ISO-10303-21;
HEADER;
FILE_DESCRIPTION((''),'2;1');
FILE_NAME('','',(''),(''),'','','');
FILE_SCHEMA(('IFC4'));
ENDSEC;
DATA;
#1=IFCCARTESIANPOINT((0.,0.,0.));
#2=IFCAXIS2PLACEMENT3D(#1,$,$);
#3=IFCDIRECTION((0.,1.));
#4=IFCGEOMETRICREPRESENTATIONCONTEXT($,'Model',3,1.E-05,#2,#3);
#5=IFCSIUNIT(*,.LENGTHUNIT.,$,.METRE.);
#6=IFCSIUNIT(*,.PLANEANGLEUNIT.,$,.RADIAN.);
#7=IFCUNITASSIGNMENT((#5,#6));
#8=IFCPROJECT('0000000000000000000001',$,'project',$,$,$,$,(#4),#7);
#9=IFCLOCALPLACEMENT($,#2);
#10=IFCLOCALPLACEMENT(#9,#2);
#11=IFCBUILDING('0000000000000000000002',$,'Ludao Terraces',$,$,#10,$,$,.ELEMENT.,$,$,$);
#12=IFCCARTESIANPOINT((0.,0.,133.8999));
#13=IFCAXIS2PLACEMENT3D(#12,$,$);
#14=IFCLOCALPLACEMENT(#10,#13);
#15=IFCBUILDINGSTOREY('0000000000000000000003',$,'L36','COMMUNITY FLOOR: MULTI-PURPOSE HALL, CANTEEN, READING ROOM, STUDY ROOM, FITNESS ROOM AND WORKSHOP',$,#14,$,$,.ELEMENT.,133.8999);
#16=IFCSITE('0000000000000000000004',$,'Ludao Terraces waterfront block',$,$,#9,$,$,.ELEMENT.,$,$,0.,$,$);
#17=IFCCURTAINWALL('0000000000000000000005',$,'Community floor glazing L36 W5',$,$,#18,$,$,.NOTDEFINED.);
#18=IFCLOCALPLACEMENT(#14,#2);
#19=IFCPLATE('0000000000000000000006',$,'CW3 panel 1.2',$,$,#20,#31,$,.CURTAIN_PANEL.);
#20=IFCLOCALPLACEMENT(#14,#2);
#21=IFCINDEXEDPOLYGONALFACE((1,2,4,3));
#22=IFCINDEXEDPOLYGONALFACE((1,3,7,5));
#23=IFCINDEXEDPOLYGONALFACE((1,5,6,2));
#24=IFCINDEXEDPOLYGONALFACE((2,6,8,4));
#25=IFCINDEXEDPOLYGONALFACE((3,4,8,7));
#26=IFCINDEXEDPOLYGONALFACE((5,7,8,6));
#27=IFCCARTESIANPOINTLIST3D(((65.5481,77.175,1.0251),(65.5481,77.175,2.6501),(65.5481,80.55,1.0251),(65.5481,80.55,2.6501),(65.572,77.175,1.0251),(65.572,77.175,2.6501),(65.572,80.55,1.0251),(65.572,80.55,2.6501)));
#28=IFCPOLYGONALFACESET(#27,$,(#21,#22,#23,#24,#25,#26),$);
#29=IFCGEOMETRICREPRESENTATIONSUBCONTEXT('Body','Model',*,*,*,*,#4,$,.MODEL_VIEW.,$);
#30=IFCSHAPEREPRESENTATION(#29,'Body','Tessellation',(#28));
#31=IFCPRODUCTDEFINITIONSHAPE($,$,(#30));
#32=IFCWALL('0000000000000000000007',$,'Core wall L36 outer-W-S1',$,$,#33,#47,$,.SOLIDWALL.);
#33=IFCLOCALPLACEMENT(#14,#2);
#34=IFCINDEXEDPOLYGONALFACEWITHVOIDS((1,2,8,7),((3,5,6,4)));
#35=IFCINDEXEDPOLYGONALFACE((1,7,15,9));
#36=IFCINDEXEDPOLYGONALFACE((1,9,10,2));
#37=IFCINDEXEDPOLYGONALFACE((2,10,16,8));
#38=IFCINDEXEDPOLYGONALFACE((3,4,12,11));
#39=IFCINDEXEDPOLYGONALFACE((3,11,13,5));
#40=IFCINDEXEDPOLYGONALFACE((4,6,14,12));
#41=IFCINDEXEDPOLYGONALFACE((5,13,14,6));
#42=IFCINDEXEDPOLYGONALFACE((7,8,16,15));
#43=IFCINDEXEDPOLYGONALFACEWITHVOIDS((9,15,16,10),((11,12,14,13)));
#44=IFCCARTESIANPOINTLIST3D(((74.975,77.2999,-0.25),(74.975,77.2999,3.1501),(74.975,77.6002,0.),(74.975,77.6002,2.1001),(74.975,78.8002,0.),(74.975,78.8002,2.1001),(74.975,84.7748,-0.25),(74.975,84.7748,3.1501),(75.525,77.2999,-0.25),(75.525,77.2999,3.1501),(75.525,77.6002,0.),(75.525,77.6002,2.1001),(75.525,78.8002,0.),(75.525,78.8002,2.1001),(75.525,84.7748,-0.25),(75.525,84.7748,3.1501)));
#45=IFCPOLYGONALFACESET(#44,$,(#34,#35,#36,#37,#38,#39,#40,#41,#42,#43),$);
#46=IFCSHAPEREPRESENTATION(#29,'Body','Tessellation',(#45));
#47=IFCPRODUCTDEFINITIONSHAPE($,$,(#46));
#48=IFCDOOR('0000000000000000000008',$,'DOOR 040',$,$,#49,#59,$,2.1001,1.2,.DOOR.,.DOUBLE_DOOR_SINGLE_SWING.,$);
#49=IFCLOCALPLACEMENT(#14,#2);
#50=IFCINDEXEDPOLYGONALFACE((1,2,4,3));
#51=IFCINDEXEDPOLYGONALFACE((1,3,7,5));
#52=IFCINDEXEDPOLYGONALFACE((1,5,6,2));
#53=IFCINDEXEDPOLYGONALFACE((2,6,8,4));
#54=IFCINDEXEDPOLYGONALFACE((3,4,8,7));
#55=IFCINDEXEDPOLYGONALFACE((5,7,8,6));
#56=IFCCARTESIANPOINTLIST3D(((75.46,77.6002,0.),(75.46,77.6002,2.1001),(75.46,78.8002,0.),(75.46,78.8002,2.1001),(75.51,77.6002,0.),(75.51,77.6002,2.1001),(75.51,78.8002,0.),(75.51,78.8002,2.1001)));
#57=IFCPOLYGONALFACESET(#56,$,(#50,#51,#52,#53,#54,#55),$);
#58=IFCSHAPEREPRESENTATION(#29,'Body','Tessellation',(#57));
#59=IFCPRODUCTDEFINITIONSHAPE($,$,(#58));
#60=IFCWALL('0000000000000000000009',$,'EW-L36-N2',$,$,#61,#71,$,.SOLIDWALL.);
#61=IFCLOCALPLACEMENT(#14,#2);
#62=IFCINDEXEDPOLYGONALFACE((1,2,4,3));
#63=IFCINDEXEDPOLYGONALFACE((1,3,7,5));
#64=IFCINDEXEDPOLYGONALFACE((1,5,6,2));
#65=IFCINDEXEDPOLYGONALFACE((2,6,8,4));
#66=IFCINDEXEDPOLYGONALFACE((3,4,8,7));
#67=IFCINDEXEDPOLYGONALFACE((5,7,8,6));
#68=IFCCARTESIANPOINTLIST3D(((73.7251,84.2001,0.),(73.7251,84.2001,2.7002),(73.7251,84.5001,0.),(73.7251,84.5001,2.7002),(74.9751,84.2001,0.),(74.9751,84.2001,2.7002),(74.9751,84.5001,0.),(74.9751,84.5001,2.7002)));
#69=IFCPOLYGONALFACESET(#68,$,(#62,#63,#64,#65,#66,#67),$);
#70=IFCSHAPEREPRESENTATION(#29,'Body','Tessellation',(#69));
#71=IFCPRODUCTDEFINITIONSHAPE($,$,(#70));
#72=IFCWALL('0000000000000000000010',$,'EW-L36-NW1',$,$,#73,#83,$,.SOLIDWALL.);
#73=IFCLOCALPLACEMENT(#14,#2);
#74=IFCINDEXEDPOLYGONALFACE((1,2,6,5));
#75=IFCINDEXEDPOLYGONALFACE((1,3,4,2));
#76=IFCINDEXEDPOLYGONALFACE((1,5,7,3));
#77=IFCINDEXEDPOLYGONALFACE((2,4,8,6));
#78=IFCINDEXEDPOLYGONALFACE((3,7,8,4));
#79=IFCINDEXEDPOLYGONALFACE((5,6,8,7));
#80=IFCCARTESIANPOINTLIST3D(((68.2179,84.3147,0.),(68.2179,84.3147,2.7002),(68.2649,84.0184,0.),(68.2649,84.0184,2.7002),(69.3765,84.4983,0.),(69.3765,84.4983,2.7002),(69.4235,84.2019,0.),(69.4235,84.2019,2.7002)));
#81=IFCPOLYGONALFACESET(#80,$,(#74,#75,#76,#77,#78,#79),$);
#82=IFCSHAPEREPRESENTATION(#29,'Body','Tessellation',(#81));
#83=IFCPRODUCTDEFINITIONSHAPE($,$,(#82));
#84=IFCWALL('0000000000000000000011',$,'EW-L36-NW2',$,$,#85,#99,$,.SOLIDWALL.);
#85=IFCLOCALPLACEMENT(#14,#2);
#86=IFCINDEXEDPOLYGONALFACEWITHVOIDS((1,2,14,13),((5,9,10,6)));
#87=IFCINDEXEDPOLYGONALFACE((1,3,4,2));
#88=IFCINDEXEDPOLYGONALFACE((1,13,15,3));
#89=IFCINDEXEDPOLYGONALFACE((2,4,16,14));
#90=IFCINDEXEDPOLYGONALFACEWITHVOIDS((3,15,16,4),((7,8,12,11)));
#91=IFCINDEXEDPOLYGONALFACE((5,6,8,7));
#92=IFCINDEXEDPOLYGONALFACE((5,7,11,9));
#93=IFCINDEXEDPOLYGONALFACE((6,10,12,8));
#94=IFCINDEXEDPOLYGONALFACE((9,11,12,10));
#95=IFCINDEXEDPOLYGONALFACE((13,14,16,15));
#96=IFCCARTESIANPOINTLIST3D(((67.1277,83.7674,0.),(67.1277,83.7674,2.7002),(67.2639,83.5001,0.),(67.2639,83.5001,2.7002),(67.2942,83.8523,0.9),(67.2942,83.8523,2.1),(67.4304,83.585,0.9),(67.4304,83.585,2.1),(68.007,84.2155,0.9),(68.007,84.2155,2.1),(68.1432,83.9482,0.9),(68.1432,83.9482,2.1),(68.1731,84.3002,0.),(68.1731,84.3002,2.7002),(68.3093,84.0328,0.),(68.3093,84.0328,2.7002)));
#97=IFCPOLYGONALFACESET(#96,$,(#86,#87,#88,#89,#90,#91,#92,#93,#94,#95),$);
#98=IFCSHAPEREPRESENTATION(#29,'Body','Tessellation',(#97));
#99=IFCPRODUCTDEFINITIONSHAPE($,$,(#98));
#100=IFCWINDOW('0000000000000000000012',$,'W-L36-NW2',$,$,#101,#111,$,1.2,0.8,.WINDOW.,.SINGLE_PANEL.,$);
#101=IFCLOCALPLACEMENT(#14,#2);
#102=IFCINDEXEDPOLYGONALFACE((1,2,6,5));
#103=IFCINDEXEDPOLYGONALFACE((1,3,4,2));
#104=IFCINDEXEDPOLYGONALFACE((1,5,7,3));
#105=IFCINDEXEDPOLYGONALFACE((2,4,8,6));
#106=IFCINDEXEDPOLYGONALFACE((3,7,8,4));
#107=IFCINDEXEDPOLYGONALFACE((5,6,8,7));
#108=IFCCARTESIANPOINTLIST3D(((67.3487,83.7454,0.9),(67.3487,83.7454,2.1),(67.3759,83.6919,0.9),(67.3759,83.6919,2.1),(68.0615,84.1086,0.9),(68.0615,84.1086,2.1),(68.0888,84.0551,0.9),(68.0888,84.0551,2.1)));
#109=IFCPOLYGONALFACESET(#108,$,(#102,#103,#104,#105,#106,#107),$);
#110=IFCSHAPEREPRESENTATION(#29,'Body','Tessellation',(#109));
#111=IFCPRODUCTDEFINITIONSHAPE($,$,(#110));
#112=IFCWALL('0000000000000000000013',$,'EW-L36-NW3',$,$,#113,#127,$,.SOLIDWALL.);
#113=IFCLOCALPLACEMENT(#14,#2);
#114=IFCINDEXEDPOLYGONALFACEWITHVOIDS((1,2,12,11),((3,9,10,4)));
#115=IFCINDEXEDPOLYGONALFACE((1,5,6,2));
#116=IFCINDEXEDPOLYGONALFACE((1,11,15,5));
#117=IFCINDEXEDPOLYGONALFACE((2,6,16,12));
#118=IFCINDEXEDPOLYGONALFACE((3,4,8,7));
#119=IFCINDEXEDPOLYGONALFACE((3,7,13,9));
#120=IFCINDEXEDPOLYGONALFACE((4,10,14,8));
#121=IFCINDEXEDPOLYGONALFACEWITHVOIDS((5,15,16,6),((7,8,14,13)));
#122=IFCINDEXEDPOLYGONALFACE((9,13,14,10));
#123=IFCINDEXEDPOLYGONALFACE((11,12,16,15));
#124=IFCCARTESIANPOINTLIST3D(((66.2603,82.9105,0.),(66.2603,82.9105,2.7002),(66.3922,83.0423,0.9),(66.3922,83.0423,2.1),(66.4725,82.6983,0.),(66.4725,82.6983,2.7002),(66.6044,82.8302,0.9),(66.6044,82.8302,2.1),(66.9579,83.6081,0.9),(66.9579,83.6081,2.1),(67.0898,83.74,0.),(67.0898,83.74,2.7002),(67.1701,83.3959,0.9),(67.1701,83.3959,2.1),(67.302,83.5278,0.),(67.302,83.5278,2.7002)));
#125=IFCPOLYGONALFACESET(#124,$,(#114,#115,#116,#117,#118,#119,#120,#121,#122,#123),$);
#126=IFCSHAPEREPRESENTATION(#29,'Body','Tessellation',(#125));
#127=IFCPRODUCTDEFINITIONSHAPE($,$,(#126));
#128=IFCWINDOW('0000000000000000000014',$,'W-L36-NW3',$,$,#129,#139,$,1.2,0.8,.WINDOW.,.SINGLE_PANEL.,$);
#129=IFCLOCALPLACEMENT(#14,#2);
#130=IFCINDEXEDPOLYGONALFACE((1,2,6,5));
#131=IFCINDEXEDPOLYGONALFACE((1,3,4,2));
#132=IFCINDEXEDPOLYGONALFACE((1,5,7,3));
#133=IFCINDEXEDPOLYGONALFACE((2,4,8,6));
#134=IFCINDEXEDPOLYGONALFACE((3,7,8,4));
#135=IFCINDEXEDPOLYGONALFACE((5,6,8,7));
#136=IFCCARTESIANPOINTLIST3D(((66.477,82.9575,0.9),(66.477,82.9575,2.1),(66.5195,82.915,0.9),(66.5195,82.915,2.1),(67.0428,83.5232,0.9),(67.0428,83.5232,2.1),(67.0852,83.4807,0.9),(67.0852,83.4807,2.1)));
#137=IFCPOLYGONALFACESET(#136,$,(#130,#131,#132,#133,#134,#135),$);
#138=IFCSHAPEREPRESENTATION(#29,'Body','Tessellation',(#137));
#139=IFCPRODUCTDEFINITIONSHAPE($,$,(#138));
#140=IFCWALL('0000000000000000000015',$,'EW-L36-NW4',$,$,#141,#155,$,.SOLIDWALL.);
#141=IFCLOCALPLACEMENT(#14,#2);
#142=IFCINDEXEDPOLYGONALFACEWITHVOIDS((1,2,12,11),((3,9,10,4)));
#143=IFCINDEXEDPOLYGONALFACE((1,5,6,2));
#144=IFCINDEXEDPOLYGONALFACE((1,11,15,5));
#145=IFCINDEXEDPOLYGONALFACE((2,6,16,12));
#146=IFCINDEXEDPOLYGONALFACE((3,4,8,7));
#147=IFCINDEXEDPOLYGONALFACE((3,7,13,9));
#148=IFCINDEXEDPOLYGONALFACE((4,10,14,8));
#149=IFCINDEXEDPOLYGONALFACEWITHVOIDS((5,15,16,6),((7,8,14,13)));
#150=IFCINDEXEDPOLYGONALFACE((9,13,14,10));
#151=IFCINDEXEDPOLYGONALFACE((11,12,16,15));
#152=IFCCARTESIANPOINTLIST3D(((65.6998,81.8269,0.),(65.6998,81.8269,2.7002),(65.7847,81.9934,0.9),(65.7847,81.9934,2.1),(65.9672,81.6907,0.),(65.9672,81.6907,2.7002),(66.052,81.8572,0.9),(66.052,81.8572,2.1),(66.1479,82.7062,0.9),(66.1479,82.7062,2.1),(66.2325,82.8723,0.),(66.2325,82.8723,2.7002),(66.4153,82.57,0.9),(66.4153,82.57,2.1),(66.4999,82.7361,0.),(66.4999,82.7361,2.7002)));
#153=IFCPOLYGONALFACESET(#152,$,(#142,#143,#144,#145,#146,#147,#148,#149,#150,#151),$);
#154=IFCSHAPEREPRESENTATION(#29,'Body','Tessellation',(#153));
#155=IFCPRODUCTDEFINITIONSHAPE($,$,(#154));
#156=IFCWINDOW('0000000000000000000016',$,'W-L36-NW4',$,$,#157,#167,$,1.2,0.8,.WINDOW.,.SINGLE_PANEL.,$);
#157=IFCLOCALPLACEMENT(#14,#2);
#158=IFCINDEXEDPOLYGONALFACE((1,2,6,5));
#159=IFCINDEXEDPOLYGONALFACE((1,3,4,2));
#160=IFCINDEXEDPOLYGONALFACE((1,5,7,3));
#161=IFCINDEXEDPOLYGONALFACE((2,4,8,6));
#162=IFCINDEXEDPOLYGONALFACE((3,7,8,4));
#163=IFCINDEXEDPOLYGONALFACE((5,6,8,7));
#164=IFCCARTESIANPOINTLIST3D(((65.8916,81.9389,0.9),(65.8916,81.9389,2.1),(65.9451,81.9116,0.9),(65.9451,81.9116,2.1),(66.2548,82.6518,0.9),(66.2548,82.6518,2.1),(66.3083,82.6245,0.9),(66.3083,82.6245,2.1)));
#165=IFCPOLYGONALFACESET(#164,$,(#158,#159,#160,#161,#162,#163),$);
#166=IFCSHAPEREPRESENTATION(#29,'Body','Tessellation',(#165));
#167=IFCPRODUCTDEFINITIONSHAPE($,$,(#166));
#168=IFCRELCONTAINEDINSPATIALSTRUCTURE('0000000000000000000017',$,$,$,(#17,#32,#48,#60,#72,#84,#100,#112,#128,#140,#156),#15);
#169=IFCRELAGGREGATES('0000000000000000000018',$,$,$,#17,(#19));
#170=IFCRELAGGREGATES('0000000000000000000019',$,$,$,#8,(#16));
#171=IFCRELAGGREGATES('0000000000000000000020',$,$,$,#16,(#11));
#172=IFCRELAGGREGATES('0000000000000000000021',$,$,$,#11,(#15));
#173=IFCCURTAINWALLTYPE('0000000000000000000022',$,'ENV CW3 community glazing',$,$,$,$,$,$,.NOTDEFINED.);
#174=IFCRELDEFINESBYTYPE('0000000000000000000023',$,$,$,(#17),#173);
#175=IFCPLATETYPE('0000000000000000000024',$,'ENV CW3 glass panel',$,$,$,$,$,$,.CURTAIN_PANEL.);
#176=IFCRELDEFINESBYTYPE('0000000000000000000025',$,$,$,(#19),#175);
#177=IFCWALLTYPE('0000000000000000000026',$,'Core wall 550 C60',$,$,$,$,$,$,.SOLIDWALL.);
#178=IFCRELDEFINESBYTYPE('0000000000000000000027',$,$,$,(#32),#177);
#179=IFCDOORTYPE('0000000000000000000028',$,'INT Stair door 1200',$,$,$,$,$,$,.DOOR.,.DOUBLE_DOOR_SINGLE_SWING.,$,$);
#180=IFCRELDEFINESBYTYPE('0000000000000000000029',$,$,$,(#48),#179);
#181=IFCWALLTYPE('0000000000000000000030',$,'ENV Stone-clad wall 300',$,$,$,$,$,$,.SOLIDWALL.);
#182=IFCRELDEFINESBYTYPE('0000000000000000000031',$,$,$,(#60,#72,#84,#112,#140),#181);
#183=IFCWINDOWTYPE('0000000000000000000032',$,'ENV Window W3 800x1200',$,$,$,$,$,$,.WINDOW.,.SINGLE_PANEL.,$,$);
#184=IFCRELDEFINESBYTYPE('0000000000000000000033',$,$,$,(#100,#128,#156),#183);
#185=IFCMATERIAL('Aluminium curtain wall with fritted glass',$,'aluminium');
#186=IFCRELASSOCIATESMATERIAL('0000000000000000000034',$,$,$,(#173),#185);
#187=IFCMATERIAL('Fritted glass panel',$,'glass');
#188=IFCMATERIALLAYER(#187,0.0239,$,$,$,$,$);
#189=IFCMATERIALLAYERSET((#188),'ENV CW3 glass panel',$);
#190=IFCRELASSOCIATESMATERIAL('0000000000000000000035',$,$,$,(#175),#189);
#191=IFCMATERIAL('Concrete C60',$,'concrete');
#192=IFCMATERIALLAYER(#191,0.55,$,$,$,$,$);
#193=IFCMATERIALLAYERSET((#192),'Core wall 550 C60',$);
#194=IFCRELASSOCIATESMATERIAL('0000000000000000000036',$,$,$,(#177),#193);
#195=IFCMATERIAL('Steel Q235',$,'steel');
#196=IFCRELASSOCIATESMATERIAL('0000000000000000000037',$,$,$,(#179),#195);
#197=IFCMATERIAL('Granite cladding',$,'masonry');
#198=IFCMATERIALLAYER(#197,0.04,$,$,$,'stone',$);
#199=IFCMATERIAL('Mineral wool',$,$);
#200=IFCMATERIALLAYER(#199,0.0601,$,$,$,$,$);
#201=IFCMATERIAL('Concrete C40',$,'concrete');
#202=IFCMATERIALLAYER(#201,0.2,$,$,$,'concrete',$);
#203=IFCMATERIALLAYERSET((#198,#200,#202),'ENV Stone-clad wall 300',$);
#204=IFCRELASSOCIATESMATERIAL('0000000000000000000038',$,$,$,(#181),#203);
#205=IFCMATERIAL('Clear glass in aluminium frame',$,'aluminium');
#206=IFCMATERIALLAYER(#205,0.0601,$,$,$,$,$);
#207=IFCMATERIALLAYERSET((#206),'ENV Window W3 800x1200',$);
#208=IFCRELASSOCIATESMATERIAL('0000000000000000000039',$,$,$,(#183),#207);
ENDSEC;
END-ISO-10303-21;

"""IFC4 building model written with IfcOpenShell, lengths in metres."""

from ifc_helpers import new_model, si_unit, direction, frame, frame_2d, origin, origin_2d, place, context, subcontext, project, spatial, rectangle, extrude, material, layer, layer_set, type_object, element, fill, aggregate, save


model = new_model("IFC4")

# Units and contexts
model_context = context("Model", 3, precision=1e-05, world=origin(), true_north=direction((0.0, 1.0)))
body_context = subcontext(model_context, "Body", "Model", "MODEL_VIEW")
ifc_project = project(units=[si_unit("LENGTHUNIT", "METRE"), si_unit("PLANEANGLEUNIT", "RADIAN")], contexts=[model_context])

# Site, building, storey
site_placement = place(None, origin())
site = spatial("IfcSite", under=ifc_project, at=site_placement, Name="Ludao Terraces waterfront block", CompositionType="ELEMENT", RefElevation=0.0)
building_placement = place(site_placement, origin())
building = spatial("IfcBuilding", under=site, at=building_placement, Name="Ludao Terraces", CompositionType="ELEMENT")
storey_placement = place(building_placement, frame((0.0, 0.0, 133.8999)))
storey = spatial("IfcBuildingStorey", under=building, at=storey_placement, Name="L36", Description="COMMUNITY FLOOR: MULTI-PURPOSE HALL, CANTEEN, READING ROOM, STUDY ROOM, FITNESS ROOM AND WORKSHOP", CompositionType="ELEMENT", Elevation=133.8999)

# Shared definitions
ifc_material_1 = material(Name="Aluminium curtain wall with fritted glass", Category="aluminium")
curtain_wall_type = type_object("IfcCurtainWallType", Name="ENV CW3 community glazing", PredefinedType="NOTDEFINED", material=ifc_material_1)

# Curtain wall
curtain_wall_1_placement = place(storey_placement, origin())
curtain_wall_1 = element("IfcCurtainWall", 1, at=curtain_wall_1_placement, inside=storey, type_object=curtain_wall_type, Name="Community floor glazing L36 W5", PredefinedType="NOTDEFINED")

# Shared definitions
ifc_material_2 = material(Name="Concrete C40", Category="concrete")

# Plate
ifc_material_3 = material(Name="Fritted glass panel", Category="glass")
ifc_layer_1 = layer(ifc_material_3, 0.0239)
ifc_layer_set_1 = layer_set([ifc_layer_1], Name="ENV CW3 glass panel")
plate_type = type_object("IfcPlateType", Name="ENV CW3 glass panel", PredefinedType="CURTAIN_PANEL", material=ifc_layer_set_1)
plate_1_placement = place(storey_placement, frame((65.5601, 78.8625, 1.0251), z_axis=(0.0, 0.0, 1.0), x_axis=(0.0, 1.0, 0.0)))
plate_1 = element("IfcPlate", 2, at=plate_1_placement, type_object=plate_type, Name="CW3 panel 1.2", PredefinedType="CURTAIN_PANEL", context=body_context, shape_type="SweptSolid", body=[
    extrude(rectangle(XDim=3.375, YDim=0.0239, at=origin_2d()), origin(), (0.0, 0.0, 1.0), 1.625),
])
aggregate(curtain_wall_1, [plate_1])

# Wall, opening, door
ifc_material_4 = material(Name="Concrete C60", Category="concrete")
ifc_layer_2 = layer(ifc_material_4, 0.55)
ifc_layer_set_2 = layer_set([ifc_layer_2], Name="Core wall 550 C60")
wall_type_1 = type_object("IfcWallType", Name="Core wall 550 C60", PredefinedType="SOLIDWALL", material=ifc_layer_set_2)
wall_1_placement = place(storey_placement, frame((75.25, 77.3, -0.25), z_axis=(0.0, 0.0, 1.0), x_axis=(0.0, 1.0, 0.0)))
wall_1 = element("IfcWall", 3, at=wall_1_placement, inside=storey, type_object=wall_type_1, Name="Core wall L36 outer-W-S1", PredefinedType="SOLIDWALL", context=body_context, shape_type="SweptSolid", body=[
    extrude(rectangle(XDim=7.4749, YDim=0.55, at=frame_2d((3.7373, 0.0))), origin(), (0.0, 0.0, 1.0), 3.4001),
])
opening_1_placement = place(wall_1_placement, frame((0.3, 0.0, 0.25)))
opening_1 = element("IfcOpeningElement", 4, at=opening_1_placement, cuts=wall_1, PredefinedType="OPENING", context=body_context, shape_type="SweptSolid", body=[
    extrude(rectangle(XDim=1.2, YDim=2.1001, at=frame_2d((0.6001, 1.05))), frame((0.0, 0.2852, 0.0), z_axis=(0.0, -1.0, 0.0), x_axis=(1.0, 0.0, 0.0)), (0.0, 0.0, 1.0), 0.5701),
])
ifc_material_5 = material(Name="Steel Q235", Category="steel")
door_type = type_object("IfcDoorType", Name="INT Stair door 1200", OperationType="DOUBLE_DOOR_SINGLE_SWING", PredefinedType="DOOR", material=ifc_material_5)
door_placement = place(opening_1_placement, origin())
door = element("IfcDoor", 5, at=door_placement, inside=storey, type_object=door_type, Name="DOOR 040", OperationType="DOUBLE_DOOR_SINGLE_SWING", OverallHeight=2.1001, OverallWidth=1.2, PredefinedType="DOOR", context=body_context, shape_type="SweptSolid", body=[
    extrude(rectangle(XDim=1.2, YDim=2.1001, at=frame_2d((0.6001, 1.05))), frame((0.0, -0.21, 0.0), z_axis=(0.0, -1.0, 0.0), x_axis=(1.0, 0.0, 0.0)), (0.0, 0.0, 1.0), 0.05),
])
fill(opening_1, door)

# Walls
ifc_material_6 = material(Name="Granite cladding", Category="masonry")
ifc_layer_3 = layer(ifc_material_6, 0.04, Category="stone")
ifc_material_7 = material(Name="Mineral wool")
ifc_layer_4 = layer(ifc_material_7, 0.0601)
ifc_layer_5 = layer(ifc_material_2, 0.2, Category="concrete")
ifc_layer_set_3 = layer_set([ifc_layer_3, ifc_layer_4, ifc_layer_5], Name="ENV Stone-clad wall 300")
wall_type_2 = type_object("IfcWallType", Name="ENV Stone-clad wall 300", PredefinedType="SOLIDWALL", material=ifc_layer_set_3)
wall_2_placement = place(storey_placement, frame((73.7251, 84.3501, 0.0), z_axis=(0.0, 0.0, 1.0), x_axis=(1.0, 0.0, 0.0)))
element("IfcWall", 6, at=wall_2_placement, inside=storey, type_object=wall_type_2, Name="EW-L36-N2", PredefinedType="SOLIDWALL", context=body_context, shape_type="SweptSolid", body=[
    extrude(rectangle(XDim=1.25, YDim=0.3, at=frame_2d((0.625, 0.0))), origin(), (0.0, 0.0, 1.0), 2.7002),
])
wall_3_placement = place(storey_placement, frame((69.3999, 84.3501, 0.0), z_axis=(0.0, 0.0, 1.0), x_axis=(-0.987678, -0.156497, 0.0)))
element("IfcWall", 7, at=wall_3_placement, inside=storey, type_object=wall_type_2, Name="EW-L36-NW1", PredefinedType="SOLIDWALL", context=body_context, shape_type="SweptSolid", body=[
    extrude(rectangle(XDim=1.1731, YDim=0.3, at=frame_2d((0.5864, 0.0))), origin(), (0.0, 0.0, 1.0), 2.7002),
])

# Walls, openings, windows
wall_4_placement = place(storey_placement, frame((68.2412, 84.1665, 0.0), z_axis=(0.0, 0.0, 1.0), x_axis=(-0.890989, -0.454026, 0.0)))
wall_4 = element("IfcWall", 8, at=wall_4_placement, inside=storey, type_object=wall_type_2, Name="EW-L36-NW2", PredefinedType="SOLIDWALL", context=body_context, shape_type="SweptSolid", body=[
    extrude(rectangle(XDim=1.1733, YDim=0.3, at=frame_2d((0.5867, 0.0))), origin(), (0.0, 0.0, 1.0), 2.7002),
])
opening_2_placement = place(wall_4_placement, frame((0.1865, 0.0, 0.8999)))
opening_2 = element("IfcOpeningElement", 9, at=opening_2_placement, cuts=wall_4, PredefinedType="OPENING", context=body_context, shape_type="SweptSolid", body=[
    extrude(rectangle(XDim=0.8, YDim=1.2, at=frame_2d((0.3999, 0.6001))), frame((0.0, 0.1602, 0.0), z_axis=(0.0, -1.0, 0.0), x_axis=(1.0, 0.0, 0.0)), (0.0, 0.0, 1.0), 0.3201),
])
ifc_material_8 = material(Name="Clear glass in aluminium frame", Category="aluminium")
ifc_layer_6 = layer(ifc_material_8, 0.0601)
ifc_layer_set_4 = layer_set([ifc_layer_6], Name="ENV Window W3 800x1200")
window_type = type_object("IfcWindowType", Name="ENV Window W3 800x1200", PartitioningType="SINGLE_PANEL", PredefinedType="WINDOW", material=ifc_layer_set_4)
window_1_placement = place(opening_2_placement, origin())
window_1 = element("IfcWindow", 10, at=window_1_placement, inside=storey, type_object=window_type, Name="W-L36-NW2", OverallHeight=1.2, OverallWidth=0.8, PartitioningType="SINGLE_PANEL", PredefinedType="WINDOW", context=body_context, shape_type="SweptSolid", body=[
    extrude(rectangle(XDim=0.8, YDim=1.2, at=frame_2d((0.3999, 0.6001))), frame((0.0, 0.03, 0.0), z_axis=(0.0, -1.0, 0.0), x_axis=(1.0, 0.0, 0.0)), (0.0, 0.0, 1.0), 0.0601),
])
fill(opening_2, window_1)
wall_5_placement = place(storey_placement, frame((67.1958, 83.6338, 0.0), z_axis=(0.0, 0.0, 1.0), x_axis=(-0.707107, -0.707107, 0.0)))
wall_5 = element("IfcWall", 11, at=wall_5_placement, inside=storey, type_object=wall_type_2, Name="EW-L36-NW3", PredefinedType="SOLIDWALL", context=body_context, shape_type="SweptSolid", body=[
    extrude(rectangle(XDim=1.1731, YDim=0.3, at=frame_2d((0.5864, 0.0))), origin(), (0.0, 0.0, 1.0), 2.7002),
])
opening_3_placement = place(wall_5_placement, frame((0.1865, 0.0, 0.8999)))
opening_3 = element("IfcOpeningElement", 12, at=opening_3_placement, cuts=wall_5, PredefinedType="OPENING", context=body_context, shape_type="SweptSolid", body=[
    extrude(rectangle(XDim=0.8, YDim=1.2, at=frame_2d((0.3999, 0.6001))), frame((0.0, 0.1602, 0.0), z_axis=(0.0, -1.0, 0.0), x_axis=(1.0, 0.0, 0.0)), (0.0, 0.0, 1.0), 0.3201),
])
window_2_placement = place(opening_3_placement, origin())
window_2 = element("IfcWindow", 13, at=window_2_placement, inside=storey, type_object=window_type, Name="W-L36-NW3", OverallHeight=1.2, OverallWidth=0.8, PartitioningType="SINGLE_PANEL", PredefinedType="WINDOW", context=body_context, shape_type="SweptSolid", body=[
    extrude(rectangle(XDim=0.8, YDim=1.2, at=frame_2d((0.3999, 0.6001))), frame((0.0, 0.03, 0.0), z_axis=(0.0, -1.0, 0.0), x_axis=(1.0, 0.0, 0.0)), (0.0, 0.0, 1.0), 0.0601),
])
fill(opening_3, window_2)
wall_6_placement = place(storey_placement, frame((66.3662, 82.8042, 0.0), z_axis=(0.0, 0.0, 1.0), x_axis=(-0.454026, -0.890989, 0.0)))
wall_6 = element("IfcWall", 14, at=wall_6_placement, inside=storey, type_object=wall_type_2, Name="EW-L36-NW4", PredefinedType="SOLIDWALL", context=body_context, shape_type="SweptSolid", body=[
    extrude(rectangle(XDim=1.1733, YDim=0.3, at=frame_2d((0.5867, 0.0))), origin(), (0.0, 0.0, 1.0), 2.7002),
])
opening_4_placement = place(wall_6_placement, frame((0.1865, 0.0, 0.8999)))
opening_4 = element("IfcOpeningElement", 15, at=opening_4_placement, cuts=wall_6, PredefinedType="OPENING", context=body_context, shape_type="SweptSolid", body=[
    extrude(rectangle(XDim=0.8, YDim=1.2, at=frame_2d((0.3999, 0.6001))), frame((0.0, 0.1602, 0.0), z_axis=(0.0, -1.0, 0.0), x_axis=(1.0, 0.0, 0.0)), (0.0, 0.0, 1.0), 0.3201),
])
window_3_placement = place(opening_4_placement, origin())
window_3 = element("IfcWindow", 16, at=window_3_placement, inside=storey, type_object=window_type, Name="W-L36-NW4", OverallHeight=1.2, OverallWidth=0.8, PartitioningType="SINGLE_PANEL", PredefinedType="WINDOW", context=body_context, shape_type="SweptSolid", body=[
    extrude(rectangle(XDim=0.8, YDim=1.2, at=frame_2d((0.3999, 0.6001))), frame((0.0, 0.03, 0.0), z_axis=(0.0, -1.0, 0.0), x_axis=(1.0, 0.0, 0.0)), (0.0, 0.0, 1.0), 0.0601),
])
fill(opening_4, window_3)

save(model, "model.ifc")
